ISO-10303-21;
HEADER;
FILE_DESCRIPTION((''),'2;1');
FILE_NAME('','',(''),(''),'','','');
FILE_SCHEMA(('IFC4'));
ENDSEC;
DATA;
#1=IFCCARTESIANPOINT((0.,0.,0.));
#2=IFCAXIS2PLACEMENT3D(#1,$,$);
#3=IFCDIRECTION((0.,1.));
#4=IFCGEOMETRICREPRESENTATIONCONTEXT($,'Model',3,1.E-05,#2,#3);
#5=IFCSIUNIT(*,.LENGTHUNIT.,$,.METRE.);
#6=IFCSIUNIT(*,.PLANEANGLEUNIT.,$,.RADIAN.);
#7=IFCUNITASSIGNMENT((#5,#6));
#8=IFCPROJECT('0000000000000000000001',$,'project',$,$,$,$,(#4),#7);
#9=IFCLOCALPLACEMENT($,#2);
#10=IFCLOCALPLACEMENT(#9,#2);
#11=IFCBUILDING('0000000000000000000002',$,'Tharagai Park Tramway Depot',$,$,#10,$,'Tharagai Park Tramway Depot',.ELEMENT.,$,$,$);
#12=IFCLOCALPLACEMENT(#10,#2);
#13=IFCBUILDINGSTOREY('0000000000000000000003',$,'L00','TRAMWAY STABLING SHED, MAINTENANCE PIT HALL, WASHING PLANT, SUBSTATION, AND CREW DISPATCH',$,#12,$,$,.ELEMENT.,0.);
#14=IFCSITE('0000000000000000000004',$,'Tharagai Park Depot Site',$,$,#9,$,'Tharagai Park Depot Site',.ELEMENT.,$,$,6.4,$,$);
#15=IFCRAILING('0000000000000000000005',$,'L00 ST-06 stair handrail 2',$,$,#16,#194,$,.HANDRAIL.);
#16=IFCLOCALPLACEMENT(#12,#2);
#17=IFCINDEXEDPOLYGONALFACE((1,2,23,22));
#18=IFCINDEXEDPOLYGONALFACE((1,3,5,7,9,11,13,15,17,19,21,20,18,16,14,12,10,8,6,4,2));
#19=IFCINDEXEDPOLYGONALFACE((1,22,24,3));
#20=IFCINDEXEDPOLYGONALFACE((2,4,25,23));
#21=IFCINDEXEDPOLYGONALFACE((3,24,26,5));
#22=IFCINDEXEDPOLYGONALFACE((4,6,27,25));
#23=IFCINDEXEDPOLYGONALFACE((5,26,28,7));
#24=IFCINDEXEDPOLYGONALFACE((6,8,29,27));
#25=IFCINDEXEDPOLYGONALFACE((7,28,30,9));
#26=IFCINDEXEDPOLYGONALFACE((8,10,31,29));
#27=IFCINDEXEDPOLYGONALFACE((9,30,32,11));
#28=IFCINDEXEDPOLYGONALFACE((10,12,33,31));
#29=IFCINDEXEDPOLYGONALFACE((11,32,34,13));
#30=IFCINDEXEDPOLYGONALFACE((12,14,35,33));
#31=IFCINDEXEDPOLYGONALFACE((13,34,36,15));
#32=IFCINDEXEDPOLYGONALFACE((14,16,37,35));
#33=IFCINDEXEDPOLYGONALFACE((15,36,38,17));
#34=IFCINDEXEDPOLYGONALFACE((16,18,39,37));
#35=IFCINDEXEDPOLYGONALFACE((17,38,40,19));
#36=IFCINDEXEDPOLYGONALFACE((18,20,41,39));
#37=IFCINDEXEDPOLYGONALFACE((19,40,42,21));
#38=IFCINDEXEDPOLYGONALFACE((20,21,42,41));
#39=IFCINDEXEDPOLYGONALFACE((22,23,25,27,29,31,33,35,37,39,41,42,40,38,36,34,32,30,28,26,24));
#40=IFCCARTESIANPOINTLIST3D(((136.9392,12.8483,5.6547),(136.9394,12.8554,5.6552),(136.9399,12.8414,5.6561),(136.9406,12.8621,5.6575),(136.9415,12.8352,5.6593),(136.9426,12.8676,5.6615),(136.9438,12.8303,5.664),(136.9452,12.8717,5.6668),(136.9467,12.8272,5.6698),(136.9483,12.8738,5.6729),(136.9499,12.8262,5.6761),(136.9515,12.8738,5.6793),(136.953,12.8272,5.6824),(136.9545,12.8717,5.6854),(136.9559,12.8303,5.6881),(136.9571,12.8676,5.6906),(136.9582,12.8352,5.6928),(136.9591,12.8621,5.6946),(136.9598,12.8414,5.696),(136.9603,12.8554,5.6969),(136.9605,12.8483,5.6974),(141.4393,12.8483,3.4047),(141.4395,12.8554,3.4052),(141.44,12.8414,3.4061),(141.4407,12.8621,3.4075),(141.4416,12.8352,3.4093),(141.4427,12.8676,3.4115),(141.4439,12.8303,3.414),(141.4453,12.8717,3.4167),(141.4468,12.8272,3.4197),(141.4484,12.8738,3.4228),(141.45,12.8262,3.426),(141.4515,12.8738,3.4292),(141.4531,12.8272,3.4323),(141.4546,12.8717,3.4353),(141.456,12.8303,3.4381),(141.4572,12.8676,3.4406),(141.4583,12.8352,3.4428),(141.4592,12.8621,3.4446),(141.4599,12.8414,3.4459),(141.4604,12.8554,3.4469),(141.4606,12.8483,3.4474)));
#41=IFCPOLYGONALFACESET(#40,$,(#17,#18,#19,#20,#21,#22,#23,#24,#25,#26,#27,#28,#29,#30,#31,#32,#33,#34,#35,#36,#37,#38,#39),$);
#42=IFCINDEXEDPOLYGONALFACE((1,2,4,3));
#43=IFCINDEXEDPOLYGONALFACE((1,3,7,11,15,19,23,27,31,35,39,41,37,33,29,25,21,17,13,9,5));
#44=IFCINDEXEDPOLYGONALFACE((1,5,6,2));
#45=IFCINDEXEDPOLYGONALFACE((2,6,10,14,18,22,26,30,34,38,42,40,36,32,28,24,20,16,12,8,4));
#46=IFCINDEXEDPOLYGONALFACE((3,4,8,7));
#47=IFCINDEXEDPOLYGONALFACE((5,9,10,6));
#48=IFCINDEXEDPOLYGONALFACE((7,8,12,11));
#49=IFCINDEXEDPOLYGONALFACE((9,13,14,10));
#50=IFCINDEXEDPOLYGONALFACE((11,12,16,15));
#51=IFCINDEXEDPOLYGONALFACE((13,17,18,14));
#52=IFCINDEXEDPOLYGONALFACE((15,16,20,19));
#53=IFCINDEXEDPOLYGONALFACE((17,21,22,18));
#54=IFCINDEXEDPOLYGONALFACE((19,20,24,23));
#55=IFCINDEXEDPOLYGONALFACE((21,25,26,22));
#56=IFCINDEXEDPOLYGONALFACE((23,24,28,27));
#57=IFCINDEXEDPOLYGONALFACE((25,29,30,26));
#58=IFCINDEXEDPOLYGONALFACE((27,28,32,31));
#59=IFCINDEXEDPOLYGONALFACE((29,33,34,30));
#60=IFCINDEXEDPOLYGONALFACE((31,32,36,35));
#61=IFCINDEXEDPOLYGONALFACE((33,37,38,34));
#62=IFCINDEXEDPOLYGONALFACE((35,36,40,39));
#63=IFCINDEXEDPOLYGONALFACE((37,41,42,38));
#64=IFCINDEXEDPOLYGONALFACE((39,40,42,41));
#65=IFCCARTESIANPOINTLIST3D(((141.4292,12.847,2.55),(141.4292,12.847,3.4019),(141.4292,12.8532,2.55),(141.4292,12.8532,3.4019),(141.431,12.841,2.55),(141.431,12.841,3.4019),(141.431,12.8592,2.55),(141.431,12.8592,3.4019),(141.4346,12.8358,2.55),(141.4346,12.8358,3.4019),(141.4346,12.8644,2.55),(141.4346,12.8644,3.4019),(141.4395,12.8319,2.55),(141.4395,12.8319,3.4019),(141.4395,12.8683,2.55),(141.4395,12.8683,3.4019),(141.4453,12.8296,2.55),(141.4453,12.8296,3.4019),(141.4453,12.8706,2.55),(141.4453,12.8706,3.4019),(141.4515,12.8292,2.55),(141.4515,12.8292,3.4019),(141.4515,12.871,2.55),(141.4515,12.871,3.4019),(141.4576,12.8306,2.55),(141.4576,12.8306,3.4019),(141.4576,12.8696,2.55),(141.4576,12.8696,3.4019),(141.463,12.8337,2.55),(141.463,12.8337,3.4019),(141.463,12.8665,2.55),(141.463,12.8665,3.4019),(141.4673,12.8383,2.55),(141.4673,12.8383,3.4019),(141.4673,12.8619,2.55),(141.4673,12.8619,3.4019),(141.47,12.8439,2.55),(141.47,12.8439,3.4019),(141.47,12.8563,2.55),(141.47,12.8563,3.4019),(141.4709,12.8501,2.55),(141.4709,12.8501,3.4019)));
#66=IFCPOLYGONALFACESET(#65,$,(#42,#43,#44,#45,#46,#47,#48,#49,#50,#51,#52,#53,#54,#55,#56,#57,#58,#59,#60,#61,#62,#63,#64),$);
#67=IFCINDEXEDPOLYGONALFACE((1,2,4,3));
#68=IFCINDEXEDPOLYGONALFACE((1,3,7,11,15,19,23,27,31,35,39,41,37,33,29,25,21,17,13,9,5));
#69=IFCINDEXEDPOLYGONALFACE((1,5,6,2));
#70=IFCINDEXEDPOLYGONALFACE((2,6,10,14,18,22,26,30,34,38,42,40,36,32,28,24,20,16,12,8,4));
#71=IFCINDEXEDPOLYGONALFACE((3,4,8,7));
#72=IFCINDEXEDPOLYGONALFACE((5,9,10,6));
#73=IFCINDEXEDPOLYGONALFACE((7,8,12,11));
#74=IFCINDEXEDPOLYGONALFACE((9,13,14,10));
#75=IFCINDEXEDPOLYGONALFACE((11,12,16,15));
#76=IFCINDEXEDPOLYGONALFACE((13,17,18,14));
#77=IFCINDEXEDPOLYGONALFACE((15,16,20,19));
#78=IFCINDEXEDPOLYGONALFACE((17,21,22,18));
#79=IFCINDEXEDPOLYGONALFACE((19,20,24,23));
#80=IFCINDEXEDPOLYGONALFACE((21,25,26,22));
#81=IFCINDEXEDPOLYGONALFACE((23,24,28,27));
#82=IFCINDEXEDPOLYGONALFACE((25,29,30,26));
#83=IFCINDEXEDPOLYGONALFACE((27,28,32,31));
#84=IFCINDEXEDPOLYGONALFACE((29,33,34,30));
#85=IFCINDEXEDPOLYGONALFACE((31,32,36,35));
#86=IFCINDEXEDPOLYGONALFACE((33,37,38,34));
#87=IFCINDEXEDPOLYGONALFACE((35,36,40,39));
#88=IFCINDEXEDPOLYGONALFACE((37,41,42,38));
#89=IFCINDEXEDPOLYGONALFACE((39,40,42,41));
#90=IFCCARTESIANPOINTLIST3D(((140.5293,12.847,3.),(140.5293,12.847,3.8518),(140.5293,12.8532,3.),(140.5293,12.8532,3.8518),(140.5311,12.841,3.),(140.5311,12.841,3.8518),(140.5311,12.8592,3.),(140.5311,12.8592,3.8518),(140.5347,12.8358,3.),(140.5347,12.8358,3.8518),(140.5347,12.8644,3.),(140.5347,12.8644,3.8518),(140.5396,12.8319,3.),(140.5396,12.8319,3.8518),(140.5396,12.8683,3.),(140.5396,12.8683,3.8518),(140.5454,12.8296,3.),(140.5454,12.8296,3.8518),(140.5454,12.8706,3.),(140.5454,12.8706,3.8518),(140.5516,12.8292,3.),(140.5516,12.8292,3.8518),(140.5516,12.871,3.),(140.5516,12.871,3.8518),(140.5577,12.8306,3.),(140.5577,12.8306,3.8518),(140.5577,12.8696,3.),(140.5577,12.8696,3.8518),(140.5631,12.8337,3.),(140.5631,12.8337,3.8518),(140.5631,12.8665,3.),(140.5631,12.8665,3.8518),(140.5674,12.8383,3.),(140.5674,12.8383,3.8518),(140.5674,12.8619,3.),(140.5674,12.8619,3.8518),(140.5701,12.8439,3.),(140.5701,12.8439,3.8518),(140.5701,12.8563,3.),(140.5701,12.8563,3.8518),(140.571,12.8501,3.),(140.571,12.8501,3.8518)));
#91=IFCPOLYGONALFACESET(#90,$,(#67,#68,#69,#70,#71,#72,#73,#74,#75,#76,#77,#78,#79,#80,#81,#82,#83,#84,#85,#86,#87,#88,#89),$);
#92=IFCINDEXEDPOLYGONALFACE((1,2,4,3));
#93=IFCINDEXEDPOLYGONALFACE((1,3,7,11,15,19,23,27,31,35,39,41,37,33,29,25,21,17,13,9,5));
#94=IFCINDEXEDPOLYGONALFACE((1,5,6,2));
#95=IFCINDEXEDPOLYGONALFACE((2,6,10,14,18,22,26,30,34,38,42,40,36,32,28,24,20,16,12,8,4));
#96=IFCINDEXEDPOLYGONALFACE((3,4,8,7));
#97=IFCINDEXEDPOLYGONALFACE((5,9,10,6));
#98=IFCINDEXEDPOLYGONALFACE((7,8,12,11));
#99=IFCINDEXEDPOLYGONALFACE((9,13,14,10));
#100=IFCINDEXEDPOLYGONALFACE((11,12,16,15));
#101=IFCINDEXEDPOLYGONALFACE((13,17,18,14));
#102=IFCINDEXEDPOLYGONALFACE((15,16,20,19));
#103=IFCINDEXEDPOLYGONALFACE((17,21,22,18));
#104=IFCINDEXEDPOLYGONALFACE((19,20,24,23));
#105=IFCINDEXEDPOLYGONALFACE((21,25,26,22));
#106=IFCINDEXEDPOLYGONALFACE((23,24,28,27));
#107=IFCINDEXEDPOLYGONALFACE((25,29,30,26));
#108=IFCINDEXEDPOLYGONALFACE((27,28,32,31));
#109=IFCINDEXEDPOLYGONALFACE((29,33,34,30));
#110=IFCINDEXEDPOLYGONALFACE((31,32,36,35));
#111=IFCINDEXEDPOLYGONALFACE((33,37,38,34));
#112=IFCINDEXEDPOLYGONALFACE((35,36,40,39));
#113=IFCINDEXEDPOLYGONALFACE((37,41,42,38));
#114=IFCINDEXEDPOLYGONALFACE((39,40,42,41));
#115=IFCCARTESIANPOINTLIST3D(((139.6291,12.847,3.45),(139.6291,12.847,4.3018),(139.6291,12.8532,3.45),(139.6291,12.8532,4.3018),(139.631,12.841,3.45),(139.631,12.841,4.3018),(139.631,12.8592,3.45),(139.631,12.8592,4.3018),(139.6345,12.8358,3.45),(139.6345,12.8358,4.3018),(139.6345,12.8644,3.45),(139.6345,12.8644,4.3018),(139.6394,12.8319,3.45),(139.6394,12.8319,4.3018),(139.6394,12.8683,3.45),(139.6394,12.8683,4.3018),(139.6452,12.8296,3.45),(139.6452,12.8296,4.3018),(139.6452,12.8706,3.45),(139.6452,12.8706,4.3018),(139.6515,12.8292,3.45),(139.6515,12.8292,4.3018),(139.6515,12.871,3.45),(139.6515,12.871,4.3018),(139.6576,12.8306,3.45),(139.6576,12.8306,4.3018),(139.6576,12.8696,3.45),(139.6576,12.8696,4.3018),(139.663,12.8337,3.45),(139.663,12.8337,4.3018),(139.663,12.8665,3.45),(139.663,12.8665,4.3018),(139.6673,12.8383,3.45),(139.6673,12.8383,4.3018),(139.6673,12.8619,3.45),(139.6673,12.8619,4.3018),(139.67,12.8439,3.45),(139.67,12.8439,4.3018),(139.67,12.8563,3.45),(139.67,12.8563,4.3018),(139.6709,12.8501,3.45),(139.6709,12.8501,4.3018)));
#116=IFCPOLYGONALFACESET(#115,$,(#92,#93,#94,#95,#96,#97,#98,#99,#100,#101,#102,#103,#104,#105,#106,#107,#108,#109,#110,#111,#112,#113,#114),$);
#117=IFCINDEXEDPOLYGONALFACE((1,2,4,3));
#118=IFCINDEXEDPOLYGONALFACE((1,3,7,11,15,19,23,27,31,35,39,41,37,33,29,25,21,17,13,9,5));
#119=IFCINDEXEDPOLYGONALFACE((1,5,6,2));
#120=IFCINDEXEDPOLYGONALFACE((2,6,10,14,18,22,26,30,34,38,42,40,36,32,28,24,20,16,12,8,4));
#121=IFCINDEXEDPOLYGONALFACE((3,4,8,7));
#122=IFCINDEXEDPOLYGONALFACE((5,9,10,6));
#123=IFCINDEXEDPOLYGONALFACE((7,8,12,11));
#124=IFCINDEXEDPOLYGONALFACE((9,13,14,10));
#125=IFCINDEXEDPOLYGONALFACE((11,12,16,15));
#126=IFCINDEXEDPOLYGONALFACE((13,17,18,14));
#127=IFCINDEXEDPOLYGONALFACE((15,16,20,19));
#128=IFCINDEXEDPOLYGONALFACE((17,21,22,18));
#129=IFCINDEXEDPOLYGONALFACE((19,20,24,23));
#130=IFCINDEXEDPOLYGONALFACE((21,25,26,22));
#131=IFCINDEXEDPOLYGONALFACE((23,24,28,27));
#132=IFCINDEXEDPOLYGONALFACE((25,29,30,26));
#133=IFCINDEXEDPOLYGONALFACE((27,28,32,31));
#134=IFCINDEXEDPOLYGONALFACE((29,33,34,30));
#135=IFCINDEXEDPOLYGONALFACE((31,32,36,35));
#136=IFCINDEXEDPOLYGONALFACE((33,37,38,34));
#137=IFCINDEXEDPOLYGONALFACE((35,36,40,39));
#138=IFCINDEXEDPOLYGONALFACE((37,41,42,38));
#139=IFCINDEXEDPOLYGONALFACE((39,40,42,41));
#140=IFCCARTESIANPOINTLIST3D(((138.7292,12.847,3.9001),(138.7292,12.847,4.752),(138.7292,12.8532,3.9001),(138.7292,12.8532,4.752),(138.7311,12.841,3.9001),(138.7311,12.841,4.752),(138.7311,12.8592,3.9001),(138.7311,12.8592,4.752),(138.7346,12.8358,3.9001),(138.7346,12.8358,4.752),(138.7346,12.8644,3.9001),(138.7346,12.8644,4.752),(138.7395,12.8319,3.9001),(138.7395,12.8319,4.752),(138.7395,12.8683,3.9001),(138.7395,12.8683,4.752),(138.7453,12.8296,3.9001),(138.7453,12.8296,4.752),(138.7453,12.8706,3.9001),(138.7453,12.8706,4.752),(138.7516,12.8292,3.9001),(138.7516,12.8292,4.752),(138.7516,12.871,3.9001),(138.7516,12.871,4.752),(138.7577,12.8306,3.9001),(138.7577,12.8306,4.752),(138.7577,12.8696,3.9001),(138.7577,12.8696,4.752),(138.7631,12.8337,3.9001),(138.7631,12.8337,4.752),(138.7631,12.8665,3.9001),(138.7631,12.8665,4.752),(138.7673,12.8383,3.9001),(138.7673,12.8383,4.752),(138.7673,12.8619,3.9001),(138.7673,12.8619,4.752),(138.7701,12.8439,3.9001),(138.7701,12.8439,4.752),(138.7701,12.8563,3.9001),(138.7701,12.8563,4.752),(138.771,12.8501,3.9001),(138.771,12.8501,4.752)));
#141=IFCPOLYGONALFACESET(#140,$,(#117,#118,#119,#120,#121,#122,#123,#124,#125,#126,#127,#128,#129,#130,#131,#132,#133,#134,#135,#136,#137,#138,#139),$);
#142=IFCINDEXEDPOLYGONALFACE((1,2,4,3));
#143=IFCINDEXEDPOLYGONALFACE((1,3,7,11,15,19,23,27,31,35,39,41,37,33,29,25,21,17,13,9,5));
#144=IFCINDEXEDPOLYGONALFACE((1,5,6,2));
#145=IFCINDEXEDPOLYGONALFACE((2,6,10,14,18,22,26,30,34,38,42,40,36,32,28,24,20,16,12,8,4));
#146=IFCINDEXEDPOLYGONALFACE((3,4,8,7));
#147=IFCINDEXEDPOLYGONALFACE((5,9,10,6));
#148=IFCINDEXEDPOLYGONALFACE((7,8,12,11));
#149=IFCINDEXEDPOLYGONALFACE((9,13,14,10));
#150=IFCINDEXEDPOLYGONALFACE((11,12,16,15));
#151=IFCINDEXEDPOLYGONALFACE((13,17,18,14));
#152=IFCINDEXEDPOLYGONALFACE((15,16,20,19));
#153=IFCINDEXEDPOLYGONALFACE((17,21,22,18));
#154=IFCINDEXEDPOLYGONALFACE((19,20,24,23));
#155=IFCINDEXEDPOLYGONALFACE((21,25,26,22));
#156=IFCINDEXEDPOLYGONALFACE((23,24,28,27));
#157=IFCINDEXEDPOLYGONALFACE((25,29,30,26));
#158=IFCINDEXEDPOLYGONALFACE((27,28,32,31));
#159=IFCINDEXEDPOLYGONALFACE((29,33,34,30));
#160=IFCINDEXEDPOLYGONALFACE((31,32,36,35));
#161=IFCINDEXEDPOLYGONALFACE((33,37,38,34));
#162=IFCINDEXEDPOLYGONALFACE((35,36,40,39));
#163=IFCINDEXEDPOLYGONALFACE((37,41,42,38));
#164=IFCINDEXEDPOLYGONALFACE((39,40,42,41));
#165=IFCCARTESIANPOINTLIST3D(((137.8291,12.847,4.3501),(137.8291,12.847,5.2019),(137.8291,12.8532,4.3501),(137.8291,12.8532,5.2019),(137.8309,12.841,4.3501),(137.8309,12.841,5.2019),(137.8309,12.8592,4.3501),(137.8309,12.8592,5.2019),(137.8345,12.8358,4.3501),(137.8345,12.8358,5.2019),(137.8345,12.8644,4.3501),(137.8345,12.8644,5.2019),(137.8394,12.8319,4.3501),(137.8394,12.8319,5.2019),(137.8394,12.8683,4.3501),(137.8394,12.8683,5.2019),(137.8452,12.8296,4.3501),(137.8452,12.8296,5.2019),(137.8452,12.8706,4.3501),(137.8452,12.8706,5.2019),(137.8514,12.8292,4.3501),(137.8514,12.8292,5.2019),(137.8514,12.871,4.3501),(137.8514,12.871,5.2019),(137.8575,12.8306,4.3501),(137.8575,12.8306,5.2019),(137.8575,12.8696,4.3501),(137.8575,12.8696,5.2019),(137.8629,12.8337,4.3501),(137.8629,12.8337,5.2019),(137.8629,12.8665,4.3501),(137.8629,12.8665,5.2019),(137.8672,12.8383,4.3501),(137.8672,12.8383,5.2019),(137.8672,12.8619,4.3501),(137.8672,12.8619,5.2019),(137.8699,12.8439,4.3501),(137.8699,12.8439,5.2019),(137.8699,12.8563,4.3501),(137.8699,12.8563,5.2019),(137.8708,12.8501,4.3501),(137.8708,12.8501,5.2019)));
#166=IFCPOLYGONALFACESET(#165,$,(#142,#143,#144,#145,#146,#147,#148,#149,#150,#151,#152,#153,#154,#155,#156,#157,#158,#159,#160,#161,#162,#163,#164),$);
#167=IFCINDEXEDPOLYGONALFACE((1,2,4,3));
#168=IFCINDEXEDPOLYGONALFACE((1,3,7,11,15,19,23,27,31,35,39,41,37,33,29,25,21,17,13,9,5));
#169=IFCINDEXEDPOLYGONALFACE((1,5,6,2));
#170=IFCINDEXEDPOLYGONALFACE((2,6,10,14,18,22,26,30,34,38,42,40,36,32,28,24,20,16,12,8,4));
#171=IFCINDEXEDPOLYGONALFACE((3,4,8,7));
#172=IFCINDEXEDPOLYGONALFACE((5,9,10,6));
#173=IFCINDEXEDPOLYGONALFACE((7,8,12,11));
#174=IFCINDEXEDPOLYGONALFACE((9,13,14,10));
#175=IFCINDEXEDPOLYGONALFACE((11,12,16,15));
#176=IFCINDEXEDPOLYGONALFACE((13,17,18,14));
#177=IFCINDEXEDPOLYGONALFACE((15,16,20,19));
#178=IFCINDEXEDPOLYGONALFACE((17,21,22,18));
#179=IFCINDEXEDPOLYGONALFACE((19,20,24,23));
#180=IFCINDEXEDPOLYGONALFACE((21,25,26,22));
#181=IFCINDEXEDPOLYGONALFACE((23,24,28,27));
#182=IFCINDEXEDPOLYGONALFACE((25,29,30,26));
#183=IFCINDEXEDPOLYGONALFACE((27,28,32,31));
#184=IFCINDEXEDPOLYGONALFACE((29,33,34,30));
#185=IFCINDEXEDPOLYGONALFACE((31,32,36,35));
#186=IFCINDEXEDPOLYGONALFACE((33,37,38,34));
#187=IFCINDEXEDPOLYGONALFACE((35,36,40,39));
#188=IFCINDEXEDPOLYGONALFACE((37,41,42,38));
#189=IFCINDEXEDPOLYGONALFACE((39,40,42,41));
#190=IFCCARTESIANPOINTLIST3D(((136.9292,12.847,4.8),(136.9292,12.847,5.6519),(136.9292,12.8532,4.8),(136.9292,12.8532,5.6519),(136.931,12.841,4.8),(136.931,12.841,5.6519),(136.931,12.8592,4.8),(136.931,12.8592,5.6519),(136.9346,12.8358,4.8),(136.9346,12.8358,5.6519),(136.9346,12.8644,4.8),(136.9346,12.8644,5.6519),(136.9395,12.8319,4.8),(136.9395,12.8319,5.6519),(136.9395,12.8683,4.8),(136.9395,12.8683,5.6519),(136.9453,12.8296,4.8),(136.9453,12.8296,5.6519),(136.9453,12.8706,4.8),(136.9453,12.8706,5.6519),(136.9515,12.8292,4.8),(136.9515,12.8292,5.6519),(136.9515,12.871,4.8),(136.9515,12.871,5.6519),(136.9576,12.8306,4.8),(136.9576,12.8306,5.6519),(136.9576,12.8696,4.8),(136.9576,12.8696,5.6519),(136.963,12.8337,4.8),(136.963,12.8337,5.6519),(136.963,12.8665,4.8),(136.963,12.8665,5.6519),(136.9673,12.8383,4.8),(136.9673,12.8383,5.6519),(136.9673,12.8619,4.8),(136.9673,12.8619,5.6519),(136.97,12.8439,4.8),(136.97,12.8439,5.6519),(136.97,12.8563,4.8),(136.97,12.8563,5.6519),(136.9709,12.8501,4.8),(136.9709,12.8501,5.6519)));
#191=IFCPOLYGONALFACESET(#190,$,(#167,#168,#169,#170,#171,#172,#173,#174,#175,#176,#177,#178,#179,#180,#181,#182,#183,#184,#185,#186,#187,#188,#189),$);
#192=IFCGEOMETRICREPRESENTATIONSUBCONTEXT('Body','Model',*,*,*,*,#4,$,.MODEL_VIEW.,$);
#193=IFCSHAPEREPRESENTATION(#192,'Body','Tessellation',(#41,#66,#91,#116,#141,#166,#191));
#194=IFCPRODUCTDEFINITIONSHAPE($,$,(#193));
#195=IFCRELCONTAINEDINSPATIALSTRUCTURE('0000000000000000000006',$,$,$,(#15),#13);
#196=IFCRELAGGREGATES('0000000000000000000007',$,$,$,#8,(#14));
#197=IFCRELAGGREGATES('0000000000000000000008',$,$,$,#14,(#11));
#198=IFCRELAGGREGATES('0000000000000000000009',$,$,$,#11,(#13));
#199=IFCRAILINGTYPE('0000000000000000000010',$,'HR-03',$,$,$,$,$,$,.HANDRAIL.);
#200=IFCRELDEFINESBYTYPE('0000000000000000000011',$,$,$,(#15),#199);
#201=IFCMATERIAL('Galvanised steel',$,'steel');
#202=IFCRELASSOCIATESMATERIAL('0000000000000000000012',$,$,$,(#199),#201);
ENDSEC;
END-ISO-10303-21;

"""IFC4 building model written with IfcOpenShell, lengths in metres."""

from ifc_helpers import new_model, si_unit, direction, frame, origin, origin_2d, place, context, subcontext, project, spatial, circle, extrude, material, type_object, element, save


model = new_model("IFC4")

# Units and contexts
model_context = context("Model", 3, precision=1e-05, world=origin(), true_north=direction((0.0, 1.0)))
body_context = subcontext(model_context, "Body", "Model", "MODEL_VIEW")
ifc_project = project(units=[si_unit("LENGTHUNIT", "METRE"), si_unit("PLANEANGLEUNIT", "RADIAN")], contexts=[model_context])

# Site, building, storey
site_placement = place(None, origin())
site = spatial("IfcSite", under=ifc_project, at=site_placement, Name="Tharagai Park Depot Site", LongName="Tharagai Park Depot Site", CompositionType="ELEMENT", RefElevation=6.4)
building_placement = place(site_placement, origin())
building = spatial("IfcBuilding", under=site, at=building_placement, Name="Tharagai Park Tramway Depot", LongName="Tharagai Park Tramway Depot", CompositionType="ELEMENT")
storey_placement = place(building_placement, origin())
storey = spatial("IfcBuildingStorey", under=building, at=storey_placement, Name="L00", Description="TRAMWAY STABLING SHED, MAINTENANCE PIT HALL, WASHING PLANT, SUBSTATION, AND CREW DISPATCH", CompositionType="ELEMENT", Elevation=0.0)

# Railing
ifc_material_1 = material(Name="Galvanised steel", Category="steel")
railing_type_1 = type_object("IfcRailingType", Name="HR-03", PredefinedType="HANDRAIL", material=ifc_material_1)
railing_1_placement = place(storey_placement, frame((141.45, 12.8501, 2.55)))
element("IfcRailing", 1, at=railing_1_placement, inside=storey, type_object=railing_type_1, Name="L00 ST-06 stair handrail 2", PredefinedType="HANDRAIL", context=body_context, shape_type="SweptSolid", body=[
    extrude(circle(Radius=0.0239, at=origin_2d()), frame((0.0, 0.0, 0.876), z_axis=(-0.894427, 0.0, 0.447214), x_axis=(0.0, -1.0, 0.0)), (0.0, 0.0, 1.0), 5.0312),
    extrude(circle(Radius=0.021, at=origin_2d()), origin(), (0.0, 0.0, 1.0), 0.8518),
    extrude(circle(Radius=0.021, at=origin_2d()), frame((-0.8999, 0.0, 0.45)), (0.0, 0.0, 1.0), 0.8518),
    extrude(circle(Radius=0.021, at=origin_2d()), frame((-1.8, 0.0, 0.8999)), (0.0, 0.0, 1.0), 0.8518),
    extrude(circle(Radius=0.021, at=origin_2d()), frame((-2.7, 0.0, 1.3501)), (0.0, 0.0, 1.0), 0.8518),
    extrude(circle(Radius=0.021, at=origin_2d()), frame((-3.6001, 0.0, 1.8)), (0.0, 0.0, 1.0), 0.8518),
    extrude(circle(Radius=0.021, at=origin_2d()), frame((-4.5, 0.0, 2.25)), (0.0, 0.0, 1.0), 0.8518),
])

save(model, "model.ifc")
